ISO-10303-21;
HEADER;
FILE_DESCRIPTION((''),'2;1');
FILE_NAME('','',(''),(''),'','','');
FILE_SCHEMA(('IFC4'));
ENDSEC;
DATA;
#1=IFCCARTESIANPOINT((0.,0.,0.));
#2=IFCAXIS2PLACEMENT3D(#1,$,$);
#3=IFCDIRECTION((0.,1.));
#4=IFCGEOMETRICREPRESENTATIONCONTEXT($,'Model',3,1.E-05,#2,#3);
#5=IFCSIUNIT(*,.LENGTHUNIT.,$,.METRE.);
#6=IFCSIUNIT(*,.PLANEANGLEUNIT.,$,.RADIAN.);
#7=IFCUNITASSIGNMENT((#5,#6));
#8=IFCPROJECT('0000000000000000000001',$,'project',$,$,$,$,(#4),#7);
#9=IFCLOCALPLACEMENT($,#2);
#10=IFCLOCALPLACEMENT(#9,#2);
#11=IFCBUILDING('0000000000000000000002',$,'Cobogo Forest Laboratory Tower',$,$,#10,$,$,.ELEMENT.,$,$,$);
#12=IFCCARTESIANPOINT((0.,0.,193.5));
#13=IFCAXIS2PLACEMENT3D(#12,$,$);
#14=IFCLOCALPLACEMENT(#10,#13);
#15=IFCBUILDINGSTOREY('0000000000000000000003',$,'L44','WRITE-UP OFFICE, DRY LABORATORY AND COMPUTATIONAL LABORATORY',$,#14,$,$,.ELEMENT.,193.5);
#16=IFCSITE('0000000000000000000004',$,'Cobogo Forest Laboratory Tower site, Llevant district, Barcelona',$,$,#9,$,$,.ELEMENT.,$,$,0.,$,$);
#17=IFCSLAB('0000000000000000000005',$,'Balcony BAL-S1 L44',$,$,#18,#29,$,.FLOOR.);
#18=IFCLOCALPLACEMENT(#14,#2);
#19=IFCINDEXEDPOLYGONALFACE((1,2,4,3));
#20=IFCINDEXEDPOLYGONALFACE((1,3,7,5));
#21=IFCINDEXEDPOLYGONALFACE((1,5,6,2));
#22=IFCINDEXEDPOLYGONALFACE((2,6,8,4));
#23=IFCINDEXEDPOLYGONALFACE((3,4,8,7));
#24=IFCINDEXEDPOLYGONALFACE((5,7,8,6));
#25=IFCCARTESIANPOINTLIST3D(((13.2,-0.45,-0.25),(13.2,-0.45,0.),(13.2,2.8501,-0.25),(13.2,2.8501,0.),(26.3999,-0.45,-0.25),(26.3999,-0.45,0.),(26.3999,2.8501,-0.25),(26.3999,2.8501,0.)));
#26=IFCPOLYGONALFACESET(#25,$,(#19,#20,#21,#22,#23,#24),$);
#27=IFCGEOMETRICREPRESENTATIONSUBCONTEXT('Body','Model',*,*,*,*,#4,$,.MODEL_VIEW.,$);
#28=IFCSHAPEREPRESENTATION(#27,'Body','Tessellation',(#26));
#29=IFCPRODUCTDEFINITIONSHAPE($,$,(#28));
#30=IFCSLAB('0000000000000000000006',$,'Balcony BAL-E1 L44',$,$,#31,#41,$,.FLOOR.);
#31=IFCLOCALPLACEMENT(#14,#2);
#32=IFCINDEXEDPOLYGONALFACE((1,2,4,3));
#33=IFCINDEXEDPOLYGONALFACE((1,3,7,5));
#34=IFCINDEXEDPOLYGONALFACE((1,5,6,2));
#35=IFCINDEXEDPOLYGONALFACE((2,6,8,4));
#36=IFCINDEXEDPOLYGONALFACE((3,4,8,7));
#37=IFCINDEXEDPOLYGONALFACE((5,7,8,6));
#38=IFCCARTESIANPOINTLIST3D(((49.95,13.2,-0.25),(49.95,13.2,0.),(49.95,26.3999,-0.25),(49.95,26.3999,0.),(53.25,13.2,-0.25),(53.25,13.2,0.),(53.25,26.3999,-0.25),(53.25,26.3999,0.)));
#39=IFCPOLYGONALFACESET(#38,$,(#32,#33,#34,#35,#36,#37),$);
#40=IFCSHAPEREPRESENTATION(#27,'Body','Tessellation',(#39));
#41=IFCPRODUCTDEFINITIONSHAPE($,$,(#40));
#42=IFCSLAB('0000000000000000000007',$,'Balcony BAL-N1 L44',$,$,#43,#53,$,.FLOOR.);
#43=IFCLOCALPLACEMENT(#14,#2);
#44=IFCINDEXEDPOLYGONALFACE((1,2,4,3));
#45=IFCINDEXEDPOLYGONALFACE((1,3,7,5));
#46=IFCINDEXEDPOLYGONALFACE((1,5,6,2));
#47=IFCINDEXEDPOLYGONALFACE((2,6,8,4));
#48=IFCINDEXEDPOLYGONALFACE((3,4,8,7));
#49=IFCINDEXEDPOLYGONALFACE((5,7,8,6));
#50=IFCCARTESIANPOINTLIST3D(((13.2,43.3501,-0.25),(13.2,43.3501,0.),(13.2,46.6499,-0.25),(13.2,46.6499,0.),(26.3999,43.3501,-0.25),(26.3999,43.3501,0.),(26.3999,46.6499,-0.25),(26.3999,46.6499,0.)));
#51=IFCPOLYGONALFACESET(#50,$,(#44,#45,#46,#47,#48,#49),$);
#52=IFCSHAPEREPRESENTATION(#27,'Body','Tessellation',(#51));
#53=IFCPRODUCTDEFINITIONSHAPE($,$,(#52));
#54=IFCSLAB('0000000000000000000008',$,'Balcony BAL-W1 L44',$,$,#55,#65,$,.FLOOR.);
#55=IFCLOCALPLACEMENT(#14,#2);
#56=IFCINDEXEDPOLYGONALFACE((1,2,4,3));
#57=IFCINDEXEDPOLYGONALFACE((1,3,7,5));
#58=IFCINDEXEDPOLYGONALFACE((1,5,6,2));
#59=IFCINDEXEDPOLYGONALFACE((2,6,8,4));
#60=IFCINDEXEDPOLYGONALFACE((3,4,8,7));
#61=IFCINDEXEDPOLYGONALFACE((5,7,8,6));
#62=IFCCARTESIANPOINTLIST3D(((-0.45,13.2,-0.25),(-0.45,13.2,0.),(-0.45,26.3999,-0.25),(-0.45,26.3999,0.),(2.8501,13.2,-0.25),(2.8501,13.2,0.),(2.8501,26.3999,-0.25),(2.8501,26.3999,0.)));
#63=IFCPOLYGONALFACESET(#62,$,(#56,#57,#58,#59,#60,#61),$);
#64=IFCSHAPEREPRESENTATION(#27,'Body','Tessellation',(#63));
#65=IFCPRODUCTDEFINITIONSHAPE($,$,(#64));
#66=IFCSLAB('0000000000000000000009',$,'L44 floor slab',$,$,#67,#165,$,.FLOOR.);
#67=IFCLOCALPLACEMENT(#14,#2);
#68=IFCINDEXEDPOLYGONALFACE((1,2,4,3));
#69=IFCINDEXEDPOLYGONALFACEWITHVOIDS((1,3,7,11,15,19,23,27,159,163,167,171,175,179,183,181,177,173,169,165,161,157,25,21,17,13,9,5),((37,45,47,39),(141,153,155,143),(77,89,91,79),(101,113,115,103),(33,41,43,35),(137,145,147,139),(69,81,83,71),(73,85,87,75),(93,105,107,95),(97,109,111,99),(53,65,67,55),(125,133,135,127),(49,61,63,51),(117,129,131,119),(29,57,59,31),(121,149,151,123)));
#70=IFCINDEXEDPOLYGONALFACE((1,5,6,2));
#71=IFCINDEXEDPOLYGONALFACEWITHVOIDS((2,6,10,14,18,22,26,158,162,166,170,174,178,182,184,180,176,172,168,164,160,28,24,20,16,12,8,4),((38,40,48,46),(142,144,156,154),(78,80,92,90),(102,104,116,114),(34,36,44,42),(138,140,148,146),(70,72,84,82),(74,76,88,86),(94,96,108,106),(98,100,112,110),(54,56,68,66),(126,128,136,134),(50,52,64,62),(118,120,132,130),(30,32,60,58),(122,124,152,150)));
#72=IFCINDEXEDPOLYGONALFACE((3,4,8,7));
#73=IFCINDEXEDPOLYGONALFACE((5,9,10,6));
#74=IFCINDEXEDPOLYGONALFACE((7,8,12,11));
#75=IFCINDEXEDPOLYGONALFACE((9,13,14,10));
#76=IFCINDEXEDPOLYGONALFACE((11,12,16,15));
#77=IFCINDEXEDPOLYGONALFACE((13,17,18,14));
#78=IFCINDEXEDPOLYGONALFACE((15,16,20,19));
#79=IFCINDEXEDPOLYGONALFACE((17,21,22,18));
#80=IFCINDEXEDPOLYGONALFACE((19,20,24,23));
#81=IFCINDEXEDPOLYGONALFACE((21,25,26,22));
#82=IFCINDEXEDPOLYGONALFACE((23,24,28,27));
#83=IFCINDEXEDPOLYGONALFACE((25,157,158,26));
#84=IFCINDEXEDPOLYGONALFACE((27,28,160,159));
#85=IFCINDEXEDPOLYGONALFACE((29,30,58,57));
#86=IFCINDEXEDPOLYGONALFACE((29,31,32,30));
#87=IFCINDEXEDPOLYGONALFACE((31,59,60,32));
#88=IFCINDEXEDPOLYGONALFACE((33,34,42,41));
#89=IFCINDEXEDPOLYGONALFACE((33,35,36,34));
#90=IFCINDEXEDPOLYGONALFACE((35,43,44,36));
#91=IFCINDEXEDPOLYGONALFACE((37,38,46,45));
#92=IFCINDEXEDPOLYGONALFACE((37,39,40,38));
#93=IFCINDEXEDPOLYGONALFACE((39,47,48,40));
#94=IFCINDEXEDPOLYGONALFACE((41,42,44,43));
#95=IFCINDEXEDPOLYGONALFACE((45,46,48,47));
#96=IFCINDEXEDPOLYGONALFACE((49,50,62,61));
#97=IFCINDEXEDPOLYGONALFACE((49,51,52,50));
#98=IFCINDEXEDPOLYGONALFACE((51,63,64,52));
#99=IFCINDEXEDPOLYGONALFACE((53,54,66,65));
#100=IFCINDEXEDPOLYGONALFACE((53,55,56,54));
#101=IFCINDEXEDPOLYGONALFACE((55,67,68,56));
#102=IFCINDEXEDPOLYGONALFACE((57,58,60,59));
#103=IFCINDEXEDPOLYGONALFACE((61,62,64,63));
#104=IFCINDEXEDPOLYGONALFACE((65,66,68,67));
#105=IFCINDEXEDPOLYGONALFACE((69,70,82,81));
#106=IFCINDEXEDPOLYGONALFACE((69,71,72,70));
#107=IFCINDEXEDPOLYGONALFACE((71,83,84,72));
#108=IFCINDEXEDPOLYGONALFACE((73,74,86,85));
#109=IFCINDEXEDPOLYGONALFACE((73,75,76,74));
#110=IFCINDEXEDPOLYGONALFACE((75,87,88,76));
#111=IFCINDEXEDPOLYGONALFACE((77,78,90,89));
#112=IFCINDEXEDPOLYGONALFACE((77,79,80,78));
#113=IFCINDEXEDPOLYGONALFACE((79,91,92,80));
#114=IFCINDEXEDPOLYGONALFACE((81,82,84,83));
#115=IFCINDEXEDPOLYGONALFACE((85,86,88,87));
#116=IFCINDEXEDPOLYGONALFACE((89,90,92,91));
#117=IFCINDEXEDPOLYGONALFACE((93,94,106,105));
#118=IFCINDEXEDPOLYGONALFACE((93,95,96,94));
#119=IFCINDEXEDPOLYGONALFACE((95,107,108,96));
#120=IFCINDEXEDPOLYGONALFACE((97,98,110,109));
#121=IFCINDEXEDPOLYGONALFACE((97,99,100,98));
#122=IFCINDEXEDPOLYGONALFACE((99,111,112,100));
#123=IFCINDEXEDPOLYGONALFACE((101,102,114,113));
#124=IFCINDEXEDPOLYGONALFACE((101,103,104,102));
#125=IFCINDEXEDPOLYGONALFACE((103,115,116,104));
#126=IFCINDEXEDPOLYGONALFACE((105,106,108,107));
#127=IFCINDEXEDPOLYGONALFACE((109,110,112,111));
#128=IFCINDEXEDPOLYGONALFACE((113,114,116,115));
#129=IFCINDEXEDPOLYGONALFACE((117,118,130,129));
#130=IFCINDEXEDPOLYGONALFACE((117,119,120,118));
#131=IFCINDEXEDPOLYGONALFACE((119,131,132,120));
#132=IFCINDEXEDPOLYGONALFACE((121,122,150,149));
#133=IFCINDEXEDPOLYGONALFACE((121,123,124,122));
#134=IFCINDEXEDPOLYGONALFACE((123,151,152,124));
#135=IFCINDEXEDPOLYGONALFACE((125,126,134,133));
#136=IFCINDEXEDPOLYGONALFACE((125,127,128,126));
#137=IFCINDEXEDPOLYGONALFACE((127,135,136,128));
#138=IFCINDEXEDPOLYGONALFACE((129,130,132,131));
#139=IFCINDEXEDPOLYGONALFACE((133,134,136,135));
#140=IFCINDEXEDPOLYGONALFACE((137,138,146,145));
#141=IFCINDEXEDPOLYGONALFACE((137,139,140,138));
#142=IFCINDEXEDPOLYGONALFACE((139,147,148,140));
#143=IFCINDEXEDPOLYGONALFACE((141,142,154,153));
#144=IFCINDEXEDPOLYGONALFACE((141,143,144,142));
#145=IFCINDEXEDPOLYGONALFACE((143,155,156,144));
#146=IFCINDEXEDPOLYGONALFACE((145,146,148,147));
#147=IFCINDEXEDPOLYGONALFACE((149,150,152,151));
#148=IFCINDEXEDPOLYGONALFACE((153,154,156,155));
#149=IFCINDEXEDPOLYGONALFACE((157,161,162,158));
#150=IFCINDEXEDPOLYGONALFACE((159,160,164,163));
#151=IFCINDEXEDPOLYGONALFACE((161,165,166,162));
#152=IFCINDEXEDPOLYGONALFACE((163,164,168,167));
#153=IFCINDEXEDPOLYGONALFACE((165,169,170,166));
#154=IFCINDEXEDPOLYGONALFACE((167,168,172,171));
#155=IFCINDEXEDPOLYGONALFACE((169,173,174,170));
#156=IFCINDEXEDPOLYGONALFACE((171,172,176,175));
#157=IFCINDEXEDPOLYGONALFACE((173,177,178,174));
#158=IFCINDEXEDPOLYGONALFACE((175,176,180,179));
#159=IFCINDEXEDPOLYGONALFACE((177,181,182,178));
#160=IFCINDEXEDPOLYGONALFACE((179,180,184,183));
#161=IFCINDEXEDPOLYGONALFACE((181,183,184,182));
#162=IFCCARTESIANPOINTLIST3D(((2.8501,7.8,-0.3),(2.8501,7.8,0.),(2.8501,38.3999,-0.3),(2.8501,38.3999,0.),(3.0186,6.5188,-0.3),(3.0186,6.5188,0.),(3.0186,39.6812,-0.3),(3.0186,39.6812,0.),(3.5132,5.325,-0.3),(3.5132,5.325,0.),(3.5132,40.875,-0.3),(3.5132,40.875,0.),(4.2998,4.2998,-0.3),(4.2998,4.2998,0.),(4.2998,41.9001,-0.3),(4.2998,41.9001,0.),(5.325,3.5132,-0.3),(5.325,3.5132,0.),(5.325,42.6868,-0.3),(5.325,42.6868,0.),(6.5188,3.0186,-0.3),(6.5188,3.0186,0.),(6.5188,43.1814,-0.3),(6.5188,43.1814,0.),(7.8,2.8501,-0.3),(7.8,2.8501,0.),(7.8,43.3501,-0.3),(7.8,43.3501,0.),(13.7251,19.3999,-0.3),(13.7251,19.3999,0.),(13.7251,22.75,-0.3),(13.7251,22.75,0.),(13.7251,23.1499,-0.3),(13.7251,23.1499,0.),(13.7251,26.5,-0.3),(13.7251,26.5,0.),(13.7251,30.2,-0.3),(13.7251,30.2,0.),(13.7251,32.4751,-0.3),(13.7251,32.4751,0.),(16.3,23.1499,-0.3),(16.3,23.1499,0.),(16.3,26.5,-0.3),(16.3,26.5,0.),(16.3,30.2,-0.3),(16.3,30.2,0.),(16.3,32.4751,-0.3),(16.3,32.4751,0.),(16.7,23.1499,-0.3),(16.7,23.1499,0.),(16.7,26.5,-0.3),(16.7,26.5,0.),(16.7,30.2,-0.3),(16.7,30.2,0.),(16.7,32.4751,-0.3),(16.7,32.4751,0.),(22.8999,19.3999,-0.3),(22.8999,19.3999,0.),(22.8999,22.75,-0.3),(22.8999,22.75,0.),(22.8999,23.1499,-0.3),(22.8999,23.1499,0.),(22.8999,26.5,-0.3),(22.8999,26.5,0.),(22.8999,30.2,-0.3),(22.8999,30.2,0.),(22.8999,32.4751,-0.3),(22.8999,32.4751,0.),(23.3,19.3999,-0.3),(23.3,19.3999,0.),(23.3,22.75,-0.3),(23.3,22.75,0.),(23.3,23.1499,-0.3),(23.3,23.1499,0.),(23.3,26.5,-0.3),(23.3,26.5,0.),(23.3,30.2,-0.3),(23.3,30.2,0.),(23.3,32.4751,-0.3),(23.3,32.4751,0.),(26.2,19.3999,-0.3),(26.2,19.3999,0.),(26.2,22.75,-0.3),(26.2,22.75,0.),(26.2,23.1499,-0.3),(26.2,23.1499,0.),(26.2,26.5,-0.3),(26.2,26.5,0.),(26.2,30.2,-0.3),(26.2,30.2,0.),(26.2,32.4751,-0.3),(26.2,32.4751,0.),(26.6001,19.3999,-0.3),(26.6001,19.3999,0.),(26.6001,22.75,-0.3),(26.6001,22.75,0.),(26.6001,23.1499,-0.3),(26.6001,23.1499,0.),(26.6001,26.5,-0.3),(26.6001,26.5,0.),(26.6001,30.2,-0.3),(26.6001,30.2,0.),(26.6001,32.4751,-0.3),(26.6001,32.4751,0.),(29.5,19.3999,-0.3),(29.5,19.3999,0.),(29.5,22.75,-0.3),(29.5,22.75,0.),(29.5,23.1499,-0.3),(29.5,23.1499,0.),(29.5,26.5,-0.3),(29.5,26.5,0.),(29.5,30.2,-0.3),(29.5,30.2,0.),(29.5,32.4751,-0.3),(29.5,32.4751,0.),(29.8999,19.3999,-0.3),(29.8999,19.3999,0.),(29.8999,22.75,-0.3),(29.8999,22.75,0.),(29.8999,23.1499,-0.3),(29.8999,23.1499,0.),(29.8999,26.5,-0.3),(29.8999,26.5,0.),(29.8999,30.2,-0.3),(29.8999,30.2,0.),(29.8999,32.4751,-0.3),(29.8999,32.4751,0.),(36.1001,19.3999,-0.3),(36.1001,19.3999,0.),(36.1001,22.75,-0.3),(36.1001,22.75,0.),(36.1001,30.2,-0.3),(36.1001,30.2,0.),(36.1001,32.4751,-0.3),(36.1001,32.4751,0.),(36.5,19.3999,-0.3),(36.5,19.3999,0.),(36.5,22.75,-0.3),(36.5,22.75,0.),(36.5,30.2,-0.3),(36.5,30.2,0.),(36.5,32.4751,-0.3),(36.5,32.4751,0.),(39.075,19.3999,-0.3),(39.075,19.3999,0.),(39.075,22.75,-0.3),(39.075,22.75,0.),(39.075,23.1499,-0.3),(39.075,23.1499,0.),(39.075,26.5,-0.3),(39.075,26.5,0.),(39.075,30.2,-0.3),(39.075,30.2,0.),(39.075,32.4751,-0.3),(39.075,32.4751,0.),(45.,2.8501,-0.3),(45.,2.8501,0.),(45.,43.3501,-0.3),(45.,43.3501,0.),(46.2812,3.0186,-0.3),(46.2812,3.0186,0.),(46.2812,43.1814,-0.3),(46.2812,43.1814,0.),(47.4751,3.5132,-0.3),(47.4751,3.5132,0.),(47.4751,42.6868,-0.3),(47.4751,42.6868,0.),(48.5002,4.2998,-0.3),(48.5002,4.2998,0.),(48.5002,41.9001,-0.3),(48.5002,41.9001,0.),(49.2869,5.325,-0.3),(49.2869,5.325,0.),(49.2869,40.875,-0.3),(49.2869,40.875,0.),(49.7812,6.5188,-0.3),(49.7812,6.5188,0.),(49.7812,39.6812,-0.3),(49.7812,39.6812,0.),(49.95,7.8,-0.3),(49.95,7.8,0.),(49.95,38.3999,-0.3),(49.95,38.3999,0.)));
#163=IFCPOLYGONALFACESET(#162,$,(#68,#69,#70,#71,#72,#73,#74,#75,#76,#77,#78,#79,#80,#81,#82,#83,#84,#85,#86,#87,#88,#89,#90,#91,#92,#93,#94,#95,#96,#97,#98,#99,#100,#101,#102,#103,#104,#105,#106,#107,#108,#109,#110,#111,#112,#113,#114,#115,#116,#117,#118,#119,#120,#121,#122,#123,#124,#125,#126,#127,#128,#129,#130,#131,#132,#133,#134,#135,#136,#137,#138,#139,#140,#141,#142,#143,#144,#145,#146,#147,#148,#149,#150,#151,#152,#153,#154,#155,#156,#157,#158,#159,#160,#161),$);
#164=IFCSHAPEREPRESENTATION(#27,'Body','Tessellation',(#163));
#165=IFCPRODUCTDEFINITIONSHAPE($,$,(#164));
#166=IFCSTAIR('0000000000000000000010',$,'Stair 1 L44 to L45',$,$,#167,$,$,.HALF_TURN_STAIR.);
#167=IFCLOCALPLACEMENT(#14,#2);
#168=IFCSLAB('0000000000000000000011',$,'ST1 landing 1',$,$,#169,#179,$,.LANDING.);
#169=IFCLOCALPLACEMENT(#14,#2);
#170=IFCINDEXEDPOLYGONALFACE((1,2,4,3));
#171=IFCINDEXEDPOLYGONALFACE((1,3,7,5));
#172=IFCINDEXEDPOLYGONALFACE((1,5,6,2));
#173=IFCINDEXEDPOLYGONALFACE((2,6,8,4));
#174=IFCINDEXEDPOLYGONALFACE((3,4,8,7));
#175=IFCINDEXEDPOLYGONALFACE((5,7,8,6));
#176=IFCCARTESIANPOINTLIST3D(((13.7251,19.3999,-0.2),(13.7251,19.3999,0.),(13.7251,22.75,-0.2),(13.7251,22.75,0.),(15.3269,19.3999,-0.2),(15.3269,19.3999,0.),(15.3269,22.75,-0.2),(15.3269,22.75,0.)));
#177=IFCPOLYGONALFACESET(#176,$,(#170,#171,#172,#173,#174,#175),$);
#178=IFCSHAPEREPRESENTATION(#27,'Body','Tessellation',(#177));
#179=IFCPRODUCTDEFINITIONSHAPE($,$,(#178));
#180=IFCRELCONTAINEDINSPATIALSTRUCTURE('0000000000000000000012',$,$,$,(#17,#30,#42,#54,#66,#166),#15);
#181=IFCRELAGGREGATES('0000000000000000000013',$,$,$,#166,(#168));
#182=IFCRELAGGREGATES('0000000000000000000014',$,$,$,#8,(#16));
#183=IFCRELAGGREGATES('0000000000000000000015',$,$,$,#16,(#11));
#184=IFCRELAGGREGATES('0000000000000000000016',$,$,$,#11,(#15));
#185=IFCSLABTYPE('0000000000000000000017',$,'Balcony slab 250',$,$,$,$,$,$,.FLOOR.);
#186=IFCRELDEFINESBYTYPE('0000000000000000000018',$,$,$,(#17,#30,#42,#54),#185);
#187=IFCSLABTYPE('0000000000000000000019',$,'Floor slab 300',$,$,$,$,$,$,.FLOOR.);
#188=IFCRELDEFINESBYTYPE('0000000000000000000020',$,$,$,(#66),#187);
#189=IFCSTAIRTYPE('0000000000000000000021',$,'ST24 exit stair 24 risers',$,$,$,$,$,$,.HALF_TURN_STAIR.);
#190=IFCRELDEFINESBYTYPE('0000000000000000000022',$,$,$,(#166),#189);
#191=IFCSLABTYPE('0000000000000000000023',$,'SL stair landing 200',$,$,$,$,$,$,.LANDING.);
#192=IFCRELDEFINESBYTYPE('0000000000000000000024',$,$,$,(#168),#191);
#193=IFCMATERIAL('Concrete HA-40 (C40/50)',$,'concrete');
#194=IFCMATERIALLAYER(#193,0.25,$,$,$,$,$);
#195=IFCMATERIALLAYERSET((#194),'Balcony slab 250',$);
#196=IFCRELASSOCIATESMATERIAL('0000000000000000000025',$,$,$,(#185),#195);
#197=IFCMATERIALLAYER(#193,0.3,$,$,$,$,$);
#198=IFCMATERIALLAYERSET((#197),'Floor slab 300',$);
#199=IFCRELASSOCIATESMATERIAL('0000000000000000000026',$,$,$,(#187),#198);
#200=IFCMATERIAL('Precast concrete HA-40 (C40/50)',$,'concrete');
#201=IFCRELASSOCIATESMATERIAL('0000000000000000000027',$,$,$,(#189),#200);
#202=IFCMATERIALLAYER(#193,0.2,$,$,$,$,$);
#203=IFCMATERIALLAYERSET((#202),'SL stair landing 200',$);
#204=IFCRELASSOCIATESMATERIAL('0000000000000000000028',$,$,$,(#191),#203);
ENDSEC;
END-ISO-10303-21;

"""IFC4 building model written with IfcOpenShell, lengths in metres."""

from ifc_helpers import new_model, si_unit, direction, frame, origin, place, context, subcontext, project, spatial, polyline, outline, extrude, material, layer, layer_set, type_object, element, aggregate, save


model = new_model("IFC4")

# Units and contexts
model_context = context("Model", 3, precision=1e-05, world=origin(), true_north=direction((0.0, 1.0)))
body_context = subcontext(model_context, "Body", "Model", "MODEL_VIEW")
ifc_project = project(units=[si_unit("LENGTHUNIT", "METRE"), si_unit("PLANEANGLEUNIT", "RADIAN")], contexts=[model_context])

# Site, building, storey
site_placement = place(None, origin())
site = spatial("IfcSite", under=ifc_project, at=site_placement, Name="Cobogo Forest Laboratory Tower site, Llevant district, Barcelona", CompositionType="ELEMENT", RefElevation=0.0)
building_placement = place(site_placement, origin())
building = spatial("IfcBuilding", under=site, at=building_placement, Name="Cobogo Forest Laboratory Tower", CompositionType="ELEMENT")
storey_placement = place(building_placement, frame((0.0, 0.0, 193.5)))
storey = spatial("IfcBuildingStorey", under=building, at=storey_placement, Name="L44", Description="WRITE-UP OFFICE, DRY LABORATORY AND COMPUTATIONAL LABORATORY", CompositionType="ELEMENT", Elevation=193.5)

# Slabs
ifc_material_1 = material(Name="Concrete HA-40 (C40/50)", Category="concrete")
ifc_layer_1 = layer(ifc_material_1, 0.25)
ifc_layer_set_1 = layer_set([ifc_layer_1], Name="Balcony slab 250")
slab_type_1 = type_object("IfcSlabType", Name="Balcony slab 250", PredefinedType="FLOOR", material=ifc_layer_set_1)
slab_1_placement = place(storey_placement, frame((0.0, 0.0, -0.25)))
element("IfcSlab", 1, at=slab_1_placement, inside=storey, type_object=slab_type_1, Name="Balcony BAL-S1 L44", PredefinedType="FLOOR", context=body_context, shape_type="SweptSolid", body=[
    extrude(outline(polyline([(13.2, -0.45), (26.3999, -0.45), (26.3999, 2.8501), (13.2, 2.8501), (13.2, -0.45)])), origin(), (0.0, 0.0, 1.0), 0.25),
])
slab_2_placement = place(storey_placement, frame((0.0, 0.0, -0.25)))
element("IfcSlab", 2, at=slab_2_placement, inside=storey, type_object=slab_type_1, Name="Balcony BAL-E1 L44", PredefinedType="FLOOR", context=body_context, shape_type="SweptSolid", body=[
    extrude(outline(polyline([(49.95, 13.2), (53.25, 13.2), (53.25, 26.3999), (49.95, 26.3999), (49.95, 13.2)])), origin(), (0.0, 0.0, 1.0), 0.25),
])
slab_3_placement = place(storey_placement, frame((0.0, 0.0, -0.25)))
element("IfcSlab", 3, at=slab_3_placement, inside=storey, type_object=slab_type_1, Name="Balcony BAL-N1 L44", PredefinedType="FLOOR", context=body_context, shape_type="SweptSolid", body=[
    extrude(outline(polyline([(13.2, 43.3501), (26.3999, 43.3501), (26.3999, 46.6499), (13.2, 46.6499), (13.2, 43.3501)])), origin(), (0.0, 0.0, 1.0), 0.25),
])
slab_4_placement = place(storey_placement, frame((0.0, 0.0, -0.25)))
element("IfcSlab", 4, at=slab_4_placement, inside=storey, type_object=slab_type_1, Name="Balcony BAL-W1 L44", PredefinedType="FLOOR", context=body_context, shape_type="SweptSolid", body=[
    extrude(outline(polyline([(-0.45, 13.2), (2.8501, 13.2), (2.8501, 26.3999), (-0.45, 26.3999), (-0.45, 13.2)])), origin(), (0.0, 0.0, 1.0), 0.25),
])
ifc_layer_2 = layer(ifc_material_1, 0.3)
ifc_layer_set_2 = layer_set([ifc_layer_2], Name="Floor slab 300")
slab_type_2 = type_object("IfcSlabType", Name="Floor slab 300", PredefinedType="FLOOR", material=ifc_layer_set_2)
slab_5_placement = place(storey_placement, frame((0.0, 0.0, -0.3)))
element("IfcSlab", 5, at=slab_5_placement, inside=storey, type_object=slab_type_2, Name="L44 floor slab", PredefinedType="FLOOR", context=body_context, shape_type="SweptSolid", body=[
    extrude(outline(polyline([(45.0, 2.8501), (46.2812, 3.0186), (47.4751, 3.5132), (48.5002, 4.2998), (49.2869, 5.325), (49.7812, 6.5188), (49.95, 7.8), (49.95, 38.3999), (49.7812, 39.6812), (49.2869, 40.875), (48.5002, 41.9001), (47.4751, 42.6868), (46.2812, 43.1814), (45.0, 43.3501), (7.8, 43.3501), (6.5188, 43.1814), (5.325, 42.6868), (4.2998, 41.9001), (3.5132, 40.875), (3.0186, 39.6812), (2.8501, 38.3999), (2.8501, 7.8), (3.0186, 6.5188), (3.5132, 5.325), (4.2998, 4.2998), (5.325, 3.5132), (6.5188, 3.0186), (7.8, 2.8501), (45.0, 2.8501)]), holes=[polyline([(22.8999, 19.3999), (13.7251, 19.3999), (13.7251, 22.75), (22.8999, 22.75), (22.8999, 19.3999)]), polyline([(26.2, 19.3999), (23.3, 19.3999), (23.3, 22.75), (26.2, 22.75), (26.2, 19.3999)]), polyline([(29.5, 19.3999), (26.6001, 19.3999), (26.6001, 22.75), (29.5, 22.75), (29.5, 19.3999)]), polyline([(36.1001, 22.75), (36.1001, 19.3999), (29.8999, 19.3999), (29.8999, 22.75), (36.1001, 22.75)]), polyline([(36.5, 19.3999), (36.5, 22.75), (39.075, 22.75), (39.075, 19.3999), (36.5, 19.3999)]), polyline([(16.3, 23.1499), (13.7251, 23.1499), (13.7251, 26.5), (16.3, 26.5), (16.3, 23.1499)]), polyline([(22.8999, 26.5), (22.8999, 23.1499), (16.7, 23.1499), (16.7, 26.5), (22.8999, 26.5)]), polyline([(26.2, 23.1499), (23.3, 23.1499), (23.3, 26.5), (26.2, 26.5), (26.2, 23.1499)]), polyline([(26.6001, 23.1499), (26.6001, 26.5), (29.5, 26.5), (29.5, 23.1499), (26.6001, 23.1499)]), polyline([(39.075, 23.1499), (29.8999, 23.1499), (29.8999, 26.5), (39.075, 26.5), (39.075, 23.1499)]), polyline([(16.3, 30.2), (13.7251, 30.2), (13.7251, 32.4751), (16.3, 32.4751), (16.3, 30.2)]), polyline([(22.8999, 32.4751), (22.8999, 30.2), (16.7, 30.2), (16.7, 32.4751), (22.8999, 32.4751)]), polyline([(23.3, 30.2), (23.3, 32.4751), (26.2, 32.4751), (26.2, 30.2), (23.3, 30.2)]), polyline([(29.5, 30.2), (26.6001, 30.2), (26.6001, 32.4751), (29.5, 32.4751), (29.5, 30.2)]), polyline([(36.1001, 32.4751), (36.1001, 30.2), (29.8999, 30.2), (29.8999, 32.4751), (36.1001, 32.4751)]), polyline([(36.5, 30.2), (36.5, 32.4751), (39.075, 32.4751), (39.075, 30.2), (36.5, 30.2)])]), origin(), (0.0, 0.0, 1.0), 0.3),
])

# Stair, slab
ifc_material_2 = material(Name="Precast concrete HA-40 (C40/50)", Category="concrete")
stair_type = type_object("IfcStairType", Name="ST24 exit stair 24 risers", PredefinedType="HALF_TURN_STAIR", material=ifc_material_2)
stair_1_placement = place(storey_placement, origin())
stair_1 = element("IfcStair", 6, at=stair_1_placement, inside=storey, type_object=stair_type, Name="Stair 1 L44 to L45", PredefinedType="HALF_TURN_STAIR")
ifc_layer_3 = layer(ifc_material_1, 0.2)
ifc_layer_set_3 = layer_set([ifc_layer_3], Name="SL stair landing 200")
slab_type_3 = type_object("IfcSlabType", Name="SL stair landing 200", PredefinedType="LANDING", material=ifc_layer_set_3)
slab_6_placement = place(storey_placement, frame((0.0, 0.0, -0.2)))
slab_6 = element("IfcSlab", 7, at=slab_6_placement, type_object=slab_type_3, Name="ST1 landing 1", PredefinedType="LANDING", context=body_context, shape_type="SweptSolid", body=[
    extrude(outline(polyline([(13.7251, 19.3999), (15.3269, 19.3999), (15.3269, 22.75), (13.7251, 22.75), (13.7251, 19.3999)])), origin(), (0.0, 0.0, 1.0), 0.2),
])
aggregate(stair_1, [slab_6])

save(model, "model.ifc")
